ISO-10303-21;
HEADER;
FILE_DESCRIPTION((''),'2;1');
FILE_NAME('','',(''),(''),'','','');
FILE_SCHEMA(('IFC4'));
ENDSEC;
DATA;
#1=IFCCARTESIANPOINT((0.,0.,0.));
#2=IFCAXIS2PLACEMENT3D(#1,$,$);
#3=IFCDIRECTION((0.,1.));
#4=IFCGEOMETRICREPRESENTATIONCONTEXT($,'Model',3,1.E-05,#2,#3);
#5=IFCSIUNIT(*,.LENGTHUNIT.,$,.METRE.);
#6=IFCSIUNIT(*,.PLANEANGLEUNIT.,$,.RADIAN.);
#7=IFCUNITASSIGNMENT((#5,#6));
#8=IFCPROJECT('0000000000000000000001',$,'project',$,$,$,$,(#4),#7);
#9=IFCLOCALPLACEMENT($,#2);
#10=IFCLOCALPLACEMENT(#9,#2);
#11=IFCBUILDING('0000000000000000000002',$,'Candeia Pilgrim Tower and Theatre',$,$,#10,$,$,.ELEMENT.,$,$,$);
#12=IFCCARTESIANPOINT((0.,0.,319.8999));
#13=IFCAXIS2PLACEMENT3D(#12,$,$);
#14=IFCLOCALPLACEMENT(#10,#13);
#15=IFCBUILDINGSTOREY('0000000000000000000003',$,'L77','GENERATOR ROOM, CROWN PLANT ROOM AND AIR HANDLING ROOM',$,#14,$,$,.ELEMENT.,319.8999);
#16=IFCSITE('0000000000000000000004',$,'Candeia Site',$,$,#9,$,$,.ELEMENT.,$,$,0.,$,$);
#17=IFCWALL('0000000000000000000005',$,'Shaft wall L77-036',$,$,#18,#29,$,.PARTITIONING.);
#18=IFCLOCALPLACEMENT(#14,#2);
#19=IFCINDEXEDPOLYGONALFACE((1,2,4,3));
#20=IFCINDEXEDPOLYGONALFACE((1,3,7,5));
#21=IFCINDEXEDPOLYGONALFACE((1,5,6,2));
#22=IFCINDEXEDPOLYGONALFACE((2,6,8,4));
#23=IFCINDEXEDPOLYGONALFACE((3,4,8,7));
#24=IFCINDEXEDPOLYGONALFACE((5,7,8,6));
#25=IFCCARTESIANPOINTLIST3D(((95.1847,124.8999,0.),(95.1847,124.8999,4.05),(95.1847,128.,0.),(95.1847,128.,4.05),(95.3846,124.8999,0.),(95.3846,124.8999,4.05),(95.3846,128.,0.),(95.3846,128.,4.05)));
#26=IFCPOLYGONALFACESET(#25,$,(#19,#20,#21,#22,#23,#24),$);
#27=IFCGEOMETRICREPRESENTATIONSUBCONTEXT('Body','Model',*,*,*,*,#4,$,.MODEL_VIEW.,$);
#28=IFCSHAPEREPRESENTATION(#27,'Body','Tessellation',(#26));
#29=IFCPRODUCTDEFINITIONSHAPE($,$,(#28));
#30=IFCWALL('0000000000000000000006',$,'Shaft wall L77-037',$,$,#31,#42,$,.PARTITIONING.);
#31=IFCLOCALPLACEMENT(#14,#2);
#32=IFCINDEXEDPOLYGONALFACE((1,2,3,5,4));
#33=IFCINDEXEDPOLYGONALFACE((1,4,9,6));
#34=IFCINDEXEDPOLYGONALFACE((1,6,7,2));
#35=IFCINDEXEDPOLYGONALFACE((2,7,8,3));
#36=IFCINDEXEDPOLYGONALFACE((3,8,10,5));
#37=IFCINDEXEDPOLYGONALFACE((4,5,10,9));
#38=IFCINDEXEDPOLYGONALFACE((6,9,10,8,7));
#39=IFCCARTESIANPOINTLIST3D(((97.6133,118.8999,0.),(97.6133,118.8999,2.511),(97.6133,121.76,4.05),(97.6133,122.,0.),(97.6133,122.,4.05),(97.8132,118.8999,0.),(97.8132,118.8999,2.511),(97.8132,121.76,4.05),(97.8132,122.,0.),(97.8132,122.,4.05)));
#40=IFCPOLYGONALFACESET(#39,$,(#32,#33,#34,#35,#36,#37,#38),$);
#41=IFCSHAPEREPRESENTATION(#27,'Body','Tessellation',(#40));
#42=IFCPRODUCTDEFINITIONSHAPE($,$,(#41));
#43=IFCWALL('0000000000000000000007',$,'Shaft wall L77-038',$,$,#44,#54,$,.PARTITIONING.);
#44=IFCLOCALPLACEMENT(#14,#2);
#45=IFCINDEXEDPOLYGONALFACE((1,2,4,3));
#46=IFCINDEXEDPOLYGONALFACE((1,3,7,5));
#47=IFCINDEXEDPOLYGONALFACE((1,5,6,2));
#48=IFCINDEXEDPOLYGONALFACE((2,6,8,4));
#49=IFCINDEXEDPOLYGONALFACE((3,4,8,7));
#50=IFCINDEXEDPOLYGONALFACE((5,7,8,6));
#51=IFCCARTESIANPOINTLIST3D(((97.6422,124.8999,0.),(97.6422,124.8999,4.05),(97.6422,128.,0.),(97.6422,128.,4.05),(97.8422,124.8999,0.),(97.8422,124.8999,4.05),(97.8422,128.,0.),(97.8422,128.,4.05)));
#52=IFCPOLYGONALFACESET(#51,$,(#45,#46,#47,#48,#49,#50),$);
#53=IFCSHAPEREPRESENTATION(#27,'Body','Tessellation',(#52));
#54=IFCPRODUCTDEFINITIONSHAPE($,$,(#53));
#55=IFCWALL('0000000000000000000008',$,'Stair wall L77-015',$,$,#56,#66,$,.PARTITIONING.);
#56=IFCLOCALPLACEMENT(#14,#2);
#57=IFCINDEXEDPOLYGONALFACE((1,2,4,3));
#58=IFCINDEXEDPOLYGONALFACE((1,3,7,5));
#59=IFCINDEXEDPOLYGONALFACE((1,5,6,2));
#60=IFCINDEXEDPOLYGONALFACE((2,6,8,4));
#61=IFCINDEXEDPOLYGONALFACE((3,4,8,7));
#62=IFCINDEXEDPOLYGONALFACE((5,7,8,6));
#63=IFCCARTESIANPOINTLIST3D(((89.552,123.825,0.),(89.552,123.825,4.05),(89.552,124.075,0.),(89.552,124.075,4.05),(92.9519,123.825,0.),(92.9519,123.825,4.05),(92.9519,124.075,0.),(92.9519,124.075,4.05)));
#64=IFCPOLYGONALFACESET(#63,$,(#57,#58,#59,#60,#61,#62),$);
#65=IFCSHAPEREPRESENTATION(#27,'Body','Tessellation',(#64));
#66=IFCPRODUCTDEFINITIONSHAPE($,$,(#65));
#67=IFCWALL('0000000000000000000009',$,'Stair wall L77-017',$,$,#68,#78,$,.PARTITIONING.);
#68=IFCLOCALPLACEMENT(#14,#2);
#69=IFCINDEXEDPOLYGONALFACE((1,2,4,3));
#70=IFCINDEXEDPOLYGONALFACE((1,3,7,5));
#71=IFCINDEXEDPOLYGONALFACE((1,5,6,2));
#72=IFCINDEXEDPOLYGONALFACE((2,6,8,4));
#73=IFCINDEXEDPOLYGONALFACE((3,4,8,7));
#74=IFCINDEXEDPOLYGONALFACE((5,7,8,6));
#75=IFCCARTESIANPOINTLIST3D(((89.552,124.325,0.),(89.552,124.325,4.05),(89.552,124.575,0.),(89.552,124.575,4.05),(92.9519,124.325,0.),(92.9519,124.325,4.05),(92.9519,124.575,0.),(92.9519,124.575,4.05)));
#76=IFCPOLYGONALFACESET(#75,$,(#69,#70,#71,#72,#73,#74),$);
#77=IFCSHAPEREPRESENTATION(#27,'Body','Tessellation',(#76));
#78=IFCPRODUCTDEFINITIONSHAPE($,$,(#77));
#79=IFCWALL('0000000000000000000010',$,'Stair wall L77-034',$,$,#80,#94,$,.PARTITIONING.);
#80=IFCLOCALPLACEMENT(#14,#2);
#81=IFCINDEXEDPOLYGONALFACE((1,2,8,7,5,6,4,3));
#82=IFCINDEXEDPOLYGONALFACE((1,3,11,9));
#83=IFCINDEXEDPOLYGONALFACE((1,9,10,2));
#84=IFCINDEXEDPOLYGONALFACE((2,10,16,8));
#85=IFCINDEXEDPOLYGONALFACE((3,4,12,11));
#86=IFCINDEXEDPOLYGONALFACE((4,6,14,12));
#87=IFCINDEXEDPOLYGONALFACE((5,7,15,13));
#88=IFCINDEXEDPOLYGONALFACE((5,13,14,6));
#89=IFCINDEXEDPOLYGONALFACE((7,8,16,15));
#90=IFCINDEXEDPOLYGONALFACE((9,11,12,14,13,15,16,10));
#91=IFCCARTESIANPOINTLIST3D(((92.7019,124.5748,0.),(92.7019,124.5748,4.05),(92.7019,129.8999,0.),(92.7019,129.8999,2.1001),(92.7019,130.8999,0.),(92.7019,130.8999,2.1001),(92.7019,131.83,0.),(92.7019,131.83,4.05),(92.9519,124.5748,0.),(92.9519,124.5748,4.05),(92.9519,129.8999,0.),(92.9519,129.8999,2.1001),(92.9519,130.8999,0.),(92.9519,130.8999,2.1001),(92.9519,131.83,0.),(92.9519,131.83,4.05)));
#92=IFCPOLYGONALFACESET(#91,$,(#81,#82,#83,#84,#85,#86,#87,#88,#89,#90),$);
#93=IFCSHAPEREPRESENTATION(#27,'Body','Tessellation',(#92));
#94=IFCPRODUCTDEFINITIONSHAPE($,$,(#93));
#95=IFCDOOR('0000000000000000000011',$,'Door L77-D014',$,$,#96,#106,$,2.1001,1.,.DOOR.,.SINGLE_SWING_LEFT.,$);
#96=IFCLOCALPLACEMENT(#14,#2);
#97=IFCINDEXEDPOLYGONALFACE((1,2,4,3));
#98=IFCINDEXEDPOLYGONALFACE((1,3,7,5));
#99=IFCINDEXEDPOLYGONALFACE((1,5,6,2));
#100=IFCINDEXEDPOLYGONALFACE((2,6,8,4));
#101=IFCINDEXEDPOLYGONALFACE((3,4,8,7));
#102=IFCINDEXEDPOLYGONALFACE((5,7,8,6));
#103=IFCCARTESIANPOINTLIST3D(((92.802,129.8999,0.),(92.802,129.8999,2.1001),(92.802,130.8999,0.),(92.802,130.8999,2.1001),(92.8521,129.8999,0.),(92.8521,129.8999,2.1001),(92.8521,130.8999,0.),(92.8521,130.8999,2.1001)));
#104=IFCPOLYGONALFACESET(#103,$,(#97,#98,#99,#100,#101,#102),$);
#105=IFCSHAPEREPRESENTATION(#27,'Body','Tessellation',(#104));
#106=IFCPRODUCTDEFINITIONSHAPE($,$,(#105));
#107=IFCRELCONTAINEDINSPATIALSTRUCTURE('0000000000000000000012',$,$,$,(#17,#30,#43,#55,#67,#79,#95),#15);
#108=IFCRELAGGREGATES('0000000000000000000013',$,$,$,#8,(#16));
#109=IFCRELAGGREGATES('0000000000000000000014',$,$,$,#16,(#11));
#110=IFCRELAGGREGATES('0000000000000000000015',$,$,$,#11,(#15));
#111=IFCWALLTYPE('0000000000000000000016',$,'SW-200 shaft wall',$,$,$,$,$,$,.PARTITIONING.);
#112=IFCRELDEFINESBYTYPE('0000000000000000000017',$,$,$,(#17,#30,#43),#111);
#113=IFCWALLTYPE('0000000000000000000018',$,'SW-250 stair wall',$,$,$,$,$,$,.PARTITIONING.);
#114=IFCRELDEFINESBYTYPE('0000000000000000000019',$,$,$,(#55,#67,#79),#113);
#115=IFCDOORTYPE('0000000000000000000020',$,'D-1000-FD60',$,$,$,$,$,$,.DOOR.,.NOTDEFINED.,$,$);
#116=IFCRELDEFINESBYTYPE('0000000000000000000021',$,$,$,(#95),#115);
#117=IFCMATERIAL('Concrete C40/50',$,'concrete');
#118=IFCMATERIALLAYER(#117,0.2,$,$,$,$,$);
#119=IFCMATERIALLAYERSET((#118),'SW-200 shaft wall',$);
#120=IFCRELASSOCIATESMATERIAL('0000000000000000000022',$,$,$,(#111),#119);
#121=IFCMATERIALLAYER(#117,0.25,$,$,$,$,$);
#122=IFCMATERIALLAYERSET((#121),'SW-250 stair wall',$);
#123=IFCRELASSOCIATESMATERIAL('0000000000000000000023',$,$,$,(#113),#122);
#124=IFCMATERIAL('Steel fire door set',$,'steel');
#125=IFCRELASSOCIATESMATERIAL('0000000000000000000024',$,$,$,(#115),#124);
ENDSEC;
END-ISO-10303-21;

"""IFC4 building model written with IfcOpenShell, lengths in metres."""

from ifc_helpers import new_model, si_unit, direction, frame, frame_2d, origin, place, context, subcontext, project, spatial, polyline, rectangle, outline, extrude, material, layer, layer_set, type_object, element, fill, save


model = new_model("IFC4")

# Units and contexts
model_context = context("Model", 3, precision=1e-05, world=origin(), true_north=direction((0.0, 1.0)))
body_context = subcontext(model_context, "Body", "Model", "MODEL_VIEW")
ifc_project = project(units=[si_unit("LENGTHUNIT", "METRE"), si_unit("PLANEANGLEUNIT", "RADIAN")], contexts=[model_context])

# Site, building, storey
site_placement = place(None, origin())
site = spatial("IfcSite", under=ifc_project, at=site_placement, Name="Candeia Site", CompositionType="ELEMENT", RefElevation=0.0)
building_placement = place(site_placement, origin())
building = spatial("IfcBuilding", under=site, at=building_placement, Name="Candeia Pilgrim Tower and Theatre", CompositionType="ELEMENT")
storey_placement = place(building_placement, frame((0.0, 0.0, 319.8999)))
storey = spatial("IfcBuildingStorey", under=building, at=storey_placement, Name="L77", Description="GENERATOR ROOM, CROWN PLANT ROOM AND AIR HANDLING ROOM", CompositionType="ELEMENT", Elevation=319.8999)

# Shared definitions
ifc_material_1 = material(Name="Steel fire door set", Category="steel")

# Shared definitions
ifc_material_2 = material(Name="Concrete C40/50", Category="concrete")
ifc_layer_1 = layer(ifc_material_2, 0.2)
ifc_layer_set_1 = layer_set([ifc_layer_1], Name="SW-200 shaft wall")
wall_type_1 = type_object("IfcWallType", Name="SW-200 shaft wall", PredefinedType="PARTITIONING", material=ifc_layer_set_1)

# Walls
wall_1_placement = place(storey_placement, frame((95.2847, 124.8999, 0.0), z_axis=(0.0, 0.0, 1.0), x_axis=(0.0, 1.0, 0.0)))
element("IfcWall", 1, at=wall_1_placement, inside=storey, type_object=wall_type_1, Name="Shaft wall L77-036", PredefinedType="PARTITIONING", context=body_context, shape_type="SweptSolid", body=[
    extrude(rectangle(XDim=3.1001, YDim=0.2, at=frame_2d((1.55, 0.0))), origin(), (0.0, 0.0, 1.0), 4.05),
])
wall_2_placement = place(storey_placement, frame((97.7134, 118.8999, 0.0), z_axis=(0.0, 0.0, 1.0), x_axis=(0.0, 1.0, 0.0)))
element("IfcWall", 2, at=wall_2_placement, inside=storey, type_object=wall_type_1, Name="Shaft wall L77-037", PredefinedType="PARTITIONING", context=body_context, shape_type="SweptSolid", body=[
    extrude(outline(polyline([(0.0, 0.0), (3.1001, 0.0), (3.1001, 4.05), (2.8601, 4.05), (0.0, 2.511), (0.0, 0.0)])), frame((0.0, 0.1001, 0.0), z_axis=(0.0, -1.0, 0.0), x_axis=(1.0, 0.0, 0.0)), (0.0, 0.0, 1.0), 0.2),
])
wall_3_placement = place(storey_placement, frame((97.7422, 124.8999, 0.0), z_axis=(0.0, 0.0, 1.0), x_axis=(0.0, 1.0, 0.0)))
element("IfcWall", 3, at=wall_3_placement, inside=storey, type_object=wall_type_1, Name="Shaft wall L77-038", PredefinedType="PARTITIONING", context=body_context, shape_type="SweptSolid", body=[
    extrude(rectangle(XDim=3.1001, YDim=0.2, at=frame_2d((1.55, 0.0))), origin(), (0.0, 0.0, 1.0), 4.05),
])
ifc_layer_2 = layer(ifc_material_2, 0.25)
ifc_layer_set_2 = layer_set([ifc_layer_2], Name="SW-250 stair wall")
wall_type_2 = type_object("IfcWallType", Name="SW-250 stair wall", PredefinedType="PARTITIONING", material=ifc_layer_set_2)
for number, where, z_axis, x_axis, name in (
    (4, (89.552, 123.95, 0.0), (0.0, 0.0, 1.0), (1.0, 0.0, 0.0), "Stair wall L77-015"),
    (5, (89.552, 124.45, 0.0), (0.0, 0.0, 1.0), (1.0, 0.0, 0.0), "Stair wall L77-017"),
):
    element("IfcWall", number, at=place(storey_placement, frame(where, z_axis=z_axis, x_axis=x_axis)), inside=storey, type_object=wall_type_2, Name=name, PredefinedType="PARTITIONING", context=body_context, shape_type="SweptSolid", body=[
        extrude(rectangle(XDim=3.3999, YDim=0.25, at=frame_2d((1.7, 0.0))), origin(), (0.0, 0.0, 1.0), 4.05),
    ])

# Wall, opening, door
wall_4_placement = place(storey_placement, frame((92.8269, 124.575, 0.0), z_axis=(0.0, 0.0, 1.0), x_axis=(0.0, 1.0, 0.0)))
wall_4 = element("IfcWall", 6, at=wall_4_placement, inside=storey, type_object=wall_type_2, Name="Stair wall L77-034", PredefinedType="PARTITIONING", context=body_context, shape_type="SweptSolid", body=[
    extrude(rectangle(XDim=7.2551, YDim=0.25, at=frame_2d((3.6274, 0.0))), origin(), (0.0, 0.0, 1.0), 4.05),
])
opening_1_placement = place(wall_4_placement, frame((5.325, 0.0, 0.0)))
opening_1 = element("IfcOpeningElement", 7, at=opening_1_placement, cuts=wall_4, PredefinedType="OPENING", context=body_context, shape_type="SweptSolid", body=[
    extrude(rectangle(XDim=1.0, YDim=2.1001, at=frame_2d((0.5, 1.05))), frame((0.0, 0.135, 0.0), z_axis=(0.0, -1.0, 0.0), x_axis=(1.0, 0.0, 0.0)), (0.0, 0.0, 1.0), 0.27),
])
door_type_1 = type_object("IfcDoorType", Name="D-1000-FD60", OperationType="NOTDEFINED", PredefinedType="DOOR", material=ifc_material_1)
door_1_placement = place(opening_1_placement, origin())
door_1 = element("IfcDoor", 8, at=door_1_placement, inside=storey, type_object=door_type_1, Name="Door L77-D014", OperationType="SINGLE_SWING_LEFT", OverallHeight=2.1001, OverallWidth=1.0, PredefinedType="DOOR", context=body_context, shape_type="SweptSolid", body=[
    extrude(rectangle(XDim=1.0, YDim=2.1001, at=frame_2d((0.5, 1.05))), frame((0.0, 0.0249, 0.0), z_axis=(0.0, -1.0, 0.0), x_axis=(1.0, 0.0, 0.0)), (0.0, 0.0, 1.0), 0.05),
])
fill(opening_1, door_1)

save(model, "model.ifc")
